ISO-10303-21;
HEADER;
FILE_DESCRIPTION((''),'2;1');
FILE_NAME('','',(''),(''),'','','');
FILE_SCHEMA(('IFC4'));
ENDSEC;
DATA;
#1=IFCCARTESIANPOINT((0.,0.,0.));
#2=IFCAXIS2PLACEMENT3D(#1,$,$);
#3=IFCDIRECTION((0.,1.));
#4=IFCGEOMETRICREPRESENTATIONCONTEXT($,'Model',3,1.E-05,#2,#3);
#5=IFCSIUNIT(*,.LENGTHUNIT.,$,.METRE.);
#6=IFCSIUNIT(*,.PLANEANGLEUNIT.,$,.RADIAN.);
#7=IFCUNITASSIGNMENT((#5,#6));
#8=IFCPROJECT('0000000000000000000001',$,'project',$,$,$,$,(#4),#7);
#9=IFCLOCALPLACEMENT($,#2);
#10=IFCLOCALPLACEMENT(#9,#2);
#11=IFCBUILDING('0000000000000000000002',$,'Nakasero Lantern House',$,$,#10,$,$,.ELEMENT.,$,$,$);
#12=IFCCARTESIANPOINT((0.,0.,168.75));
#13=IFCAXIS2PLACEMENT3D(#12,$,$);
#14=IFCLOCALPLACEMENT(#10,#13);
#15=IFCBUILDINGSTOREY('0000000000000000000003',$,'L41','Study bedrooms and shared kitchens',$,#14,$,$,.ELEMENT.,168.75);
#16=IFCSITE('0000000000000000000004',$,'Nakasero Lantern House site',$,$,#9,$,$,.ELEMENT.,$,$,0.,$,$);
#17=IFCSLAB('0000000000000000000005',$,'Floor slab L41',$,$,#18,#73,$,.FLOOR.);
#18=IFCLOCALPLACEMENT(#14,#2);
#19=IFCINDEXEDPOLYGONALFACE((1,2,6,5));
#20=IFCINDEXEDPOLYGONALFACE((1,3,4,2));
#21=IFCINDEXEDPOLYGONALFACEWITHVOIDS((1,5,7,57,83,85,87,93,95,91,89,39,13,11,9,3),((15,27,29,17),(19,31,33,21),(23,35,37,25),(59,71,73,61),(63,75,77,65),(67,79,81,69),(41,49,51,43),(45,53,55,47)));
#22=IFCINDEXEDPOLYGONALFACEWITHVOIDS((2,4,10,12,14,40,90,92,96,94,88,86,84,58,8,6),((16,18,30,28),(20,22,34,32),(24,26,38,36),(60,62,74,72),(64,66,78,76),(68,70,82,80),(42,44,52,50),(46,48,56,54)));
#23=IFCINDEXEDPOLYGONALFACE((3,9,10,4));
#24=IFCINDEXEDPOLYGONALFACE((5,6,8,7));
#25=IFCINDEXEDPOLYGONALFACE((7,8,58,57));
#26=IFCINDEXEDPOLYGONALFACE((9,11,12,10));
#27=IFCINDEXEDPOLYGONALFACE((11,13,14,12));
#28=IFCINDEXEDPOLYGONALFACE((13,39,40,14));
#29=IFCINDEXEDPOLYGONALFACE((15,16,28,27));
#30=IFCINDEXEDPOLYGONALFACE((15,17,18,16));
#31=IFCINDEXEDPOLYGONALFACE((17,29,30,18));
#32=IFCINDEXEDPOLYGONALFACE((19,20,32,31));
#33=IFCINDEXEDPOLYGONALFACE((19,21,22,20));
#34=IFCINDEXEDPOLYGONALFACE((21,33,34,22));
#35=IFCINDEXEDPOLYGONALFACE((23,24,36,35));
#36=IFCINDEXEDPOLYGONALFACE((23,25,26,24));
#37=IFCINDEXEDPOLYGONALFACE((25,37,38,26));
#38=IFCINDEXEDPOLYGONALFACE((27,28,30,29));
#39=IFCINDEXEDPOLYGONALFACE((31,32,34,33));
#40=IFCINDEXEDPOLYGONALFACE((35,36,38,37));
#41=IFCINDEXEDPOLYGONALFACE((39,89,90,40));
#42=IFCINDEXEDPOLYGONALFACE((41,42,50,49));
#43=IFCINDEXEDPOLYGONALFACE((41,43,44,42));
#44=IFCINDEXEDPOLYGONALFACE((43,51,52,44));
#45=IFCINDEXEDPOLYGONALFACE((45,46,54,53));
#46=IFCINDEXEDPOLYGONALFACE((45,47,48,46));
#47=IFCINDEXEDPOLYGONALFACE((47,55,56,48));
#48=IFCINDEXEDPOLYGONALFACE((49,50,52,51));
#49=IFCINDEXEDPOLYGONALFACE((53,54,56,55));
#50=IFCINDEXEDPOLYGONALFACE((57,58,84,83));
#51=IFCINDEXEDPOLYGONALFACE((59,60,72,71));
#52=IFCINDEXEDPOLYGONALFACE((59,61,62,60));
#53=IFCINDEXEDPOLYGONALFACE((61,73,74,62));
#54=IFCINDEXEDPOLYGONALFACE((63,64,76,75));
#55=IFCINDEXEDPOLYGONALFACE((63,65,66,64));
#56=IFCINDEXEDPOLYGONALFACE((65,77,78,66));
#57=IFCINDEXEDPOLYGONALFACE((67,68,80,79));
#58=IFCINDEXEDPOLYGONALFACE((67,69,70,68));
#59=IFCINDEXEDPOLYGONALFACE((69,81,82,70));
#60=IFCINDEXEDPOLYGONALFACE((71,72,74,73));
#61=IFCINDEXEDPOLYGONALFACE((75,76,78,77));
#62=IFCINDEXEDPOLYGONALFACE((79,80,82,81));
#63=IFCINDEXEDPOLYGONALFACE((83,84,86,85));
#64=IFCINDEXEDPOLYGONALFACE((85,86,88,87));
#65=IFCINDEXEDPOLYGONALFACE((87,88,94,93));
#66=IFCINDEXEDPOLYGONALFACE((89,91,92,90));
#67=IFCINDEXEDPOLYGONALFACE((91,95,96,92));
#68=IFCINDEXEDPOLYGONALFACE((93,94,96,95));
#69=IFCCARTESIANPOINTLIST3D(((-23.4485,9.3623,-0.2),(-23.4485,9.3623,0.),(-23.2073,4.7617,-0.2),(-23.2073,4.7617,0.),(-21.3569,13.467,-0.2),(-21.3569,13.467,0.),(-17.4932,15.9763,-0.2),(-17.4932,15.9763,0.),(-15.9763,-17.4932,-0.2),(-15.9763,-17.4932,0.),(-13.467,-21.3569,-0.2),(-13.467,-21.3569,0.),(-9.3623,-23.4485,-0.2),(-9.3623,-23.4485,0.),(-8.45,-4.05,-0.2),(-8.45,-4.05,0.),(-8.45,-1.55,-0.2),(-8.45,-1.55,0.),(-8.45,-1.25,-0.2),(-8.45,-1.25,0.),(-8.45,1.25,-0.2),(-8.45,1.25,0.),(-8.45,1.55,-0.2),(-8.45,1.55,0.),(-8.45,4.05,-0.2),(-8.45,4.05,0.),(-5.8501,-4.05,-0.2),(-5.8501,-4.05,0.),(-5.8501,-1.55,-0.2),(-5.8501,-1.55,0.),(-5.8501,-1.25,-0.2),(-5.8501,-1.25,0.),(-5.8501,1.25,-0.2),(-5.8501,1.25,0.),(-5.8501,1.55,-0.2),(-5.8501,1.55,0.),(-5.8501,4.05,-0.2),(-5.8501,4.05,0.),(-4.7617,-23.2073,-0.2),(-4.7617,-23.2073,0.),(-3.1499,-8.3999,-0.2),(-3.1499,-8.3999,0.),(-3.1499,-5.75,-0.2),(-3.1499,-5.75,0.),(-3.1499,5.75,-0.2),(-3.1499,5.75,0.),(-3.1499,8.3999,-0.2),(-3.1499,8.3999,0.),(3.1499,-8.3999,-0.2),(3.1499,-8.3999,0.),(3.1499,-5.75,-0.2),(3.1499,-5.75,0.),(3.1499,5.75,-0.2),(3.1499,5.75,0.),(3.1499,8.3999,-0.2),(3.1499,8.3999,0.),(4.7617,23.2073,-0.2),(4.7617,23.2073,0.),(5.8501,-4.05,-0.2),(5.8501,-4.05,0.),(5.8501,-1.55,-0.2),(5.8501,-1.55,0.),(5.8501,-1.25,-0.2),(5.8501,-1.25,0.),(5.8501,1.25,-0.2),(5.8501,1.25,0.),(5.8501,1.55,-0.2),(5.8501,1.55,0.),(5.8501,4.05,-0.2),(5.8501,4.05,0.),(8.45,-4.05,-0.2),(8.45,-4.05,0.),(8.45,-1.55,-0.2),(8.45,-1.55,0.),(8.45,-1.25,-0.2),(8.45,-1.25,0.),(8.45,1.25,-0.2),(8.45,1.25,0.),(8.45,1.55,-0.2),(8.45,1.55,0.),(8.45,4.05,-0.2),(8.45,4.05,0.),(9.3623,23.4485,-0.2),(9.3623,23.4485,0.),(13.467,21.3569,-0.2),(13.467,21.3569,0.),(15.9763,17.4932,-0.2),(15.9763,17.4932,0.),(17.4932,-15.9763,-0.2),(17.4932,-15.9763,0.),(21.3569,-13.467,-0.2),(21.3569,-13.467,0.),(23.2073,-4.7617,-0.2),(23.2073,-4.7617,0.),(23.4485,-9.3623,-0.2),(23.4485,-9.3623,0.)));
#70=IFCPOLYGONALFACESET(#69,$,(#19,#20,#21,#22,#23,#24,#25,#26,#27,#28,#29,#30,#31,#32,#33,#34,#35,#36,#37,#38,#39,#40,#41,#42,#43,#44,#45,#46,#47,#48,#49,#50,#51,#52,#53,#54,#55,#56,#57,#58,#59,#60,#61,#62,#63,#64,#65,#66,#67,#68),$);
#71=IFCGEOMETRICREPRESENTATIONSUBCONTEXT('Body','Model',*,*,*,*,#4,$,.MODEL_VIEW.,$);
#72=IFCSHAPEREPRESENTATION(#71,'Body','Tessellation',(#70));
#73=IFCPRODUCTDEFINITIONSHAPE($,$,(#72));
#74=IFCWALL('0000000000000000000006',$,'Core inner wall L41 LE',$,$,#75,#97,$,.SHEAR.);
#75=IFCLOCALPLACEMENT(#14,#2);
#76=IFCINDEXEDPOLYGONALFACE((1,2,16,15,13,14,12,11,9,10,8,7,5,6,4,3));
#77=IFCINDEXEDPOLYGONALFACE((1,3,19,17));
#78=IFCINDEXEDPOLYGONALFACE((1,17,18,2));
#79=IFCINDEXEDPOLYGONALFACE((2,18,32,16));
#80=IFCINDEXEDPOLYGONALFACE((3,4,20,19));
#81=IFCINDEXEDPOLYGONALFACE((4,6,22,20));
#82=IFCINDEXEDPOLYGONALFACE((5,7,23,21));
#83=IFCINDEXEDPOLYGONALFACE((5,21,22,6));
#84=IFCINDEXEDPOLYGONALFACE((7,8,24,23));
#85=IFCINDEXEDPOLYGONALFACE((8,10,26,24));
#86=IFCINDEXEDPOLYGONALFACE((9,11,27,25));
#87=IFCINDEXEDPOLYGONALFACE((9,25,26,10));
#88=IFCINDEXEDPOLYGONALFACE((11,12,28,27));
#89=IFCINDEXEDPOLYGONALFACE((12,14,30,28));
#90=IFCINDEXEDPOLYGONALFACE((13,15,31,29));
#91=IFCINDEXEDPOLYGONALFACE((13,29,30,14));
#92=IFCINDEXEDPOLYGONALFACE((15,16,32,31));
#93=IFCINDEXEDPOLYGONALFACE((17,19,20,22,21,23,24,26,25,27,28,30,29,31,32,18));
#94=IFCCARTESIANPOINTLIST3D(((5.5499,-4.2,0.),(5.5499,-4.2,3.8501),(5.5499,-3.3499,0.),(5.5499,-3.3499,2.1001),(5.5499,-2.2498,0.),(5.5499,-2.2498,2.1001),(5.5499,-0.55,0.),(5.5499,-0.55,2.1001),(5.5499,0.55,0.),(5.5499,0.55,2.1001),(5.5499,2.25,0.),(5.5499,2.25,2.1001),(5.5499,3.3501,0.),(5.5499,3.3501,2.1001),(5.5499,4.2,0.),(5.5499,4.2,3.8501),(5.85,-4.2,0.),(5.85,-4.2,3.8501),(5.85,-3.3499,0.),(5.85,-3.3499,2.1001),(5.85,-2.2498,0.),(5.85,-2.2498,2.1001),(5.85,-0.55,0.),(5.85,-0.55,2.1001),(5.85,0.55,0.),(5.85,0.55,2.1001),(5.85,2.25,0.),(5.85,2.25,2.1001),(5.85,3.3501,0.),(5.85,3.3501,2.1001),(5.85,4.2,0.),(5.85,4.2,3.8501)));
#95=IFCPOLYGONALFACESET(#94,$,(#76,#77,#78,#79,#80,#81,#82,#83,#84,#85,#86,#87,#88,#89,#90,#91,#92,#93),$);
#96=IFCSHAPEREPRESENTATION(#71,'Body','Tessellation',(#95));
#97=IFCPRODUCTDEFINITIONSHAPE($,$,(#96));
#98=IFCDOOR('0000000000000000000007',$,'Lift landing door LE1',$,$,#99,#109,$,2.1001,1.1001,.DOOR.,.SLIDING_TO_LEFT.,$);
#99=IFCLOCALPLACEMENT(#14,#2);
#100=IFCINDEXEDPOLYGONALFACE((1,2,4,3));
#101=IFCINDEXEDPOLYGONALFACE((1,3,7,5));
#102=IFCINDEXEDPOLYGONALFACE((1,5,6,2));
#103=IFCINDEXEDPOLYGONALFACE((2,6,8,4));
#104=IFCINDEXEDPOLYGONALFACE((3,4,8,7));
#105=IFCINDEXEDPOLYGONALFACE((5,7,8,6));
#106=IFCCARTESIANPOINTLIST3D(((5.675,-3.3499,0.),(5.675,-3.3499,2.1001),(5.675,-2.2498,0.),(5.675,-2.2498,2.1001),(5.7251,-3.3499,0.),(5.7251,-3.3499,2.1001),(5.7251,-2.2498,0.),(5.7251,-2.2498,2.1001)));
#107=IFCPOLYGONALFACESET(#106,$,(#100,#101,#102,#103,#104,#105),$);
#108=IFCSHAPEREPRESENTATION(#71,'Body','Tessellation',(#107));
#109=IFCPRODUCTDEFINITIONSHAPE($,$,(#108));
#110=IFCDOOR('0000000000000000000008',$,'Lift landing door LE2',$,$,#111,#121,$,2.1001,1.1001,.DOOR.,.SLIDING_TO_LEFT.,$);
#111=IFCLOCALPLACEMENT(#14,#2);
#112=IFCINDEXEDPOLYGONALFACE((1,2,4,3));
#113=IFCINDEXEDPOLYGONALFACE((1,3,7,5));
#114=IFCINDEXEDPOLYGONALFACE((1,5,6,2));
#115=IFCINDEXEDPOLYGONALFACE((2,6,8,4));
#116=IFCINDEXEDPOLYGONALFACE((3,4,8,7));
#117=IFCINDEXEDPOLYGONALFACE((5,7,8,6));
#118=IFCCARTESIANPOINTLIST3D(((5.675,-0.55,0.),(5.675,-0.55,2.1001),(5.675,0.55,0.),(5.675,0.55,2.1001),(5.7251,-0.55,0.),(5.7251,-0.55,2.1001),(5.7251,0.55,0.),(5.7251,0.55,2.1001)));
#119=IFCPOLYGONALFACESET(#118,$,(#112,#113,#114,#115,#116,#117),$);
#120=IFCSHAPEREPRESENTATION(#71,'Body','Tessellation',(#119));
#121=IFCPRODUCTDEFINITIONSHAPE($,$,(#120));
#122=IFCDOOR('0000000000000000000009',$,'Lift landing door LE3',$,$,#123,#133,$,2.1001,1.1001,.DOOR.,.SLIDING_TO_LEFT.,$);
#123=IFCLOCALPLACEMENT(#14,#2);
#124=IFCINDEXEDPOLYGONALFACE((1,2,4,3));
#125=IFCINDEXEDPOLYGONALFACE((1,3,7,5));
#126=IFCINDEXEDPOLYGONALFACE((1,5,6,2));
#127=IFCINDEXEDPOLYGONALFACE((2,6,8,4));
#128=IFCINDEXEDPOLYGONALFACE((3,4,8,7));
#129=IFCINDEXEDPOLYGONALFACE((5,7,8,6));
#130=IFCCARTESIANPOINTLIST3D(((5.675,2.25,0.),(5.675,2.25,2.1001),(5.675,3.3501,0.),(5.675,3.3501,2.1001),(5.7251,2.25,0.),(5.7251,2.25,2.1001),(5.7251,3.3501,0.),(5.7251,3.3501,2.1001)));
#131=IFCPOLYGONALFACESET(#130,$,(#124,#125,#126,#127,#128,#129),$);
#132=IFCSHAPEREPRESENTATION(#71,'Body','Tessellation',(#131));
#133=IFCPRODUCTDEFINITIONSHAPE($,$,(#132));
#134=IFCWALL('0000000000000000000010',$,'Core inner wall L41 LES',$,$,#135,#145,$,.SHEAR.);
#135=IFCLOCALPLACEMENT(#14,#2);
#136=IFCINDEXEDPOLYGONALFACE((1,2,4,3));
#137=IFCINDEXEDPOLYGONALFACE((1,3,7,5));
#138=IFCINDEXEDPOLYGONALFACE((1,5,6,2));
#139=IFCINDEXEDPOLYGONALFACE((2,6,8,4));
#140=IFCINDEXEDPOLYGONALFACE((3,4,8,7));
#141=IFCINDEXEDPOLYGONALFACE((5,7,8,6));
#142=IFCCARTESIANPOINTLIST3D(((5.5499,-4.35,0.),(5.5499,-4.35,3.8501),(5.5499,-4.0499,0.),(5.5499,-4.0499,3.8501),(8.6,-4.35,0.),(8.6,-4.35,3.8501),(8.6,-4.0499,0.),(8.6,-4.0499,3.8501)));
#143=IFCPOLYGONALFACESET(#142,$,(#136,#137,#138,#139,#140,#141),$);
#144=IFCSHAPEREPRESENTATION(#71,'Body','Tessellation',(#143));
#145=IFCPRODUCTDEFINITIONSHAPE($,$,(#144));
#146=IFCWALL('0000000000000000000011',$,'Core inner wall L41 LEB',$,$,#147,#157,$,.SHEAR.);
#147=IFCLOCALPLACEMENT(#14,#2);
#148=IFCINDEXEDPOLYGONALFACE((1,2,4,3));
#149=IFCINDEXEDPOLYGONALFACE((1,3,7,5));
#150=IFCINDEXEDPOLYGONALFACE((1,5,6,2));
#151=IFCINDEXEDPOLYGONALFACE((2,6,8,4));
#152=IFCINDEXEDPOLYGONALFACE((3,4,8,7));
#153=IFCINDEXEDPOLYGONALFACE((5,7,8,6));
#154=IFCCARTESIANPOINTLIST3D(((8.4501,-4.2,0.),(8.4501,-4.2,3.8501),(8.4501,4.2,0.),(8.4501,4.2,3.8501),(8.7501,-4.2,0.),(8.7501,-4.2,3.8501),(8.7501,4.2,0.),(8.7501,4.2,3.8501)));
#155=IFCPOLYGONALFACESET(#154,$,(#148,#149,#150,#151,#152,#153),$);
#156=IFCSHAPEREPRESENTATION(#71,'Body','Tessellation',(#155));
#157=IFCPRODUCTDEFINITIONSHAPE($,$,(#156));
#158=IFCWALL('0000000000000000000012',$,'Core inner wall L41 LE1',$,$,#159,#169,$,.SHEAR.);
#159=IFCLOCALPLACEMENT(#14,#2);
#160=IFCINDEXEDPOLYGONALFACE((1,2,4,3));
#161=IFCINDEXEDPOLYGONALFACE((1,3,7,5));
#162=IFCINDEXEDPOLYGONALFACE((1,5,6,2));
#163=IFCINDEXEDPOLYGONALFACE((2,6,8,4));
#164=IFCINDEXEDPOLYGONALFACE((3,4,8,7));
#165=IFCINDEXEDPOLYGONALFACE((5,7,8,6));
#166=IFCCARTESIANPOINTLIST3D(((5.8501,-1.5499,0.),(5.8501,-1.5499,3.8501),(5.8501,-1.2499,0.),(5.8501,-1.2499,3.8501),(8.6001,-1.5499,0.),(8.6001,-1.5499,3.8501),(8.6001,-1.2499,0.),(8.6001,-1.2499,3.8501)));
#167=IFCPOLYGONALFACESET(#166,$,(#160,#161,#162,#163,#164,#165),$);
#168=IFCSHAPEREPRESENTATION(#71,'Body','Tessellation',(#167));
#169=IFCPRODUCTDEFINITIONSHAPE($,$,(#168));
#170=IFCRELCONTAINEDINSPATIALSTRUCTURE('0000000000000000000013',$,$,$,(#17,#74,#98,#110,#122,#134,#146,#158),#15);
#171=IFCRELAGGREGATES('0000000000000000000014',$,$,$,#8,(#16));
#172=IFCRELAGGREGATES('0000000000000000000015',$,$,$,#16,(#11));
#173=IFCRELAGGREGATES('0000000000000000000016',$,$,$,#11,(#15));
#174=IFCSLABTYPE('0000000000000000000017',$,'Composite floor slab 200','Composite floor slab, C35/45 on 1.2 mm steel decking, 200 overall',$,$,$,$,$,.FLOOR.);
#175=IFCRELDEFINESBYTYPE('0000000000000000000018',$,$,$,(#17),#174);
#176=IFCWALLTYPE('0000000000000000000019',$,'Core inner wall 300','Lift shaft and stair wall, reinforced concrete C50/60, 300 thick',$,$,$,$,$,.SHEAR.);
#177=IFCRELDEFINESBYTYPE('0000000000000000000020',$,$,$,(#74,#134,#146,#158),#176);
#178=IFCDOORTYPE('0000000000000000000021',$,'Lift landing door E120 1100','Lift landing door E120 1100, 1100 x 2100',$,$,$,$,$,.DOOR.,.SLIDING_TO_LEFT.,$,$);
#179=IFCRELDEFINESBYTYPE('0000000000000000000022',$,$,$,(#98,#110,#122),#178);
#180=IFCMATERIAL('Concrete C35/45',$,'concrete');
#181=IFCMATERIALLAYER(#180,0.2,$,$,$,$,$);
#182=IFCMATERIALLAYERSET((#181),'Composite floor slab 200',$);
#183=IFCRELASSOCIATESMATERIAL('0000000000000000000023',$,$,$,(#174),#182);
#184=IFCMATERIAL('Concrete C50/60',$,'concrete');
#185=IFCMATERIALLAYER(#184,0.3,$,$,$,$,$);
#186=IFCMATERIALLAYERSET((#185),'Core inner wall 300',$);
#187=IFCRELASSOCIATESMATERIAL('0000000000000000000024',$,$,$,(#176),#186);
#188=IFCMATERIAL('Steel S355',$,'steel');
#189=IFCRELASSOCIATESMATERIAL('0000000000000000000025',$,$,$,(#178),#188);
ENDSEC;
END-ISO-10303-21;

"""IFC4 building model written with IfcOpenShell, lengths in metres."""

from ifc_helpers import new_model, si_unit, direction, frame, frame_2d, origin, place, context, subcontext, project, spatial, polyline, rectangle, outline, extrude, material, layer, layer_set, type_object, element, fill, save


model = new_model("IFC4")

# Units and contexts
model_context = context("Model", 3, precision=1e-05, world=origin(), true_north=direction((0.0, 1.0)))
body_context = subcontext(model_context, "Body", "Model", "MODEL_VIEW")
ifc_project = project(units=[si_unit("LENGTHUNIT", "METRE"), si_unit("PLANEANGLEUNIT", "RADIAN")], contexts=[model_context])

# Site, building, storey
site_placement = place(None, origin())
site = spatial("IfcSite", under=ifc_project, at=site_placement, Name="Nakasero Lantern House site", CompositionType="ELEMENT", RefElevation=0.0)
building_placement = place(site_placement, origin())
building = spatial("IfcBuilding", under=site, at=building_placement, Name="Nakasero Lantern House", CompositionType="ELEMENT")
storey_placement = place(building_placement, frame((0.0, 0.0, 168.75)))
storey = spatial("IfcBuildingStorey", under=building, at=storey_placement, Name="L41", Description="Study bedrooms and shared kitchens", CompositionType="ELEMENT", Elevation=168.75)

# Slab
ifc_material_1 = material(Name="Concrete C35/45", Category="concrete")
ifc_layer_1 = layer(ifc_material_1, 0.2)
ifc_layer_set_1 = layer_set([ifc_layer_1], Name="Composite floor slab 200")
slab_type_1 = type_object("IfcSlabType", Name="Composite floor slab 200", Description="Composite floor slab, C35/45 on 1.2 mm steel decking, 200 overall", PredefinedType="FLOOR", material=ifc_layer_set_1)
slab_1_placement = place(storey_placement, frame((0.0, 0.0, -0.2)))
element("IfcSlab", 1, at=slab_1_placement, inside=storey, type_object=slab_type_1, Name="Floor slab L41", PredefinedType="FLOOR", context=body_context, shape_type="SweptSolid", body=[
    extrude(outline(polyline([(15.9763, 17.4932), (13.467, 21.3569), (9.3623, 23.4485), (4.7617, 23.2073), (-17.4932, 15.9763), (-21.3569, 13.467), (-23.4485, 9.3623), (-23.2073, 4.7617), (-15.9763, -17.4932), (-13.467, -21.3569), (-9.3623, -23.4485), (-4.7617, -23.2073), (17.4932, -15.9763), (21.3569, -13.467), (23.4485, -9.3623), (23.2073, -4.7617), (15.9763, 17.4932)]), holes=[polyline([(-8.45, -4.05), (-5.8501, -4.05), (-5.8501, -1.55), (-8.45, -1.55), (-8.45, -4.05)]), polyline([(-8.45, -1.25), (-5.8501, -1.25), (-5.8501, 1.25), (-8.45, 1.25), (-8.45, -1.25)]), polyline([(-8.45, 1.55), (-5.8501, 1.55), (-5.8501, 4.05), (-8.45, 4.05), (-8.45, 1.55)]), polyline([(5.8501, -4.05), (8.45, -4.05), (8.45, -1.55), (5.8501, -1.55), (5.8501, -4.05)]), polyline([(5.8501, -1.25), (8.45, -1.25), (8.45, 1.25), (5.8501, 1.25), (5.8501, -1.25)]), polyline([(5.8501, 1.55), (8.45, 1.55), (8.45, 4.05), (5.8501, 4.05), (5.8501, 1.55)]), polyline([(-3.1499, 5.75), (3.1499, 5.75), (3.1499, 8.3999), (-3.1499, 8.3999), (-3.1499, 5.75)]), polyline([(-3.1499, -8.3999), (3.1499, -8.3999), (3.1499, -5.75), (-3.1499, -5.75), (-3.1499, -8.3999)])]), origin(), (0.0, 0.0, 1.0), 0.2),
])

# Wall, openings, doors
ifc_material_2 = material(Name="Concrete C50/60", Category="concrete")
ifc_layer_2 = layer(ifc_material_2, 0.3)
ifc_layer_set_2 = layer_set([ifc_layer_2], Name="Core inner wall 300")
wall_type_1 = type_object("IfcWallType", Name="Core inner wall 300", Description="Lift shaft and stair wall, reinforced concrete C50/60, 300 thick", PredefinedType="SHEAR", material=ifc_layer_set_2)
wall_1_placement = place(storey_placement, frame((5.7, -4.2, 0.0), z_axis=(0.0, 0.0, 1.0), x_axis=(0.0, 1.0, 0.0)))
wall_1 = element("IfcWall", 2, at=wall_1_placement, inside=storey, type_object=wall_type_1, Name="Core inner wall L41 LE", PredefinedType="SHEAR", context=body_context, shape_type="SweptSolid", body=[
    extrude(rectangle(XDim=8.3999, YDim=0.3, at=frame_2d((4.2, 0.0))), origin(), (0.0, 0.0, 1.0), 3.8501),
])
opening_1_placement = place(wall_1_placement, frame((0.8501, 0.0, 0.0)))
opening_1 = element("IfcOpeningElement", 3, at=opening_1_placement, cuts=wall_1, PredefinedType="OPENING", context=body_context, shape_type="SweptSolid", body=[
    extrude(rectangle(XDim=1.1001, YDim=2.1001, at=frame_2d((0.55, 1.05))), frame((0.0, 0.1699, 0.0), z_axis=(0.0, -1.0, 0.0), x_axis=(1.0, 0.0, 0.0)), (0.0, 0.0, 1.0), 0.3401),
])
opening_2_placement = place(wall_1_placement, frame((3.6499, 0.0, 0.0)))
opening_2 = element("IfcOpeningElement", 4, at=opening_2_placement, cuts=wall_1, PredefinedType="OPENING", context=body_context, shape_type="SweptSolid", body=[
    extrude(rectangle(XDim=1.1001, YDim=2.1001, at=frame_2d((0.55, 1.05))), frame((0.0, 0.1699, 0.0), z_axis=(0.0, -1.0, 0.0), x_axis=(1.0, 0.0, 0.0)), (0.0, 0.0, 1.0), 0.3401),
])
opening_3_placement = place(wall_1_placement, frame((6.45, 0.0, 0.0)))
opening_3 = element("IfcOpeningElement", 5, at=opening_3_placement, cuts=wall_1, PredefinedType="OPENING", context=body_context, shape_type="SweptSolid", body=[
    extrude(rectangle(XDim=1.1001, YDim=2.1001, at=frame_2d((0.55, 1.05))), frame((0.0, 0.1699, 0.0), z_axis=(0.0, -1.0, 0.0), x_axis=(1.0, 0.0, 0.0)), (0.0, 0.0, 1.0), 0.3401),
])
ifc_material_3 = material(Name="Steel S355", Category="steel")
door_type_1 = type_object("IfcDoorType", Name="Lift landing door E120 1100", Description="Lift landing door E120 1100, 1100 x 2100", OperationType="SLIDING_TO_LEFT", PredefinedType="DOOR", material=ifc_material_3)
door_1_placement = place(opening_1_placement, origin())
door_1 = element("IfcDoor", 6, at=door_1_placement, inside=storey, type_object=door_type_1, Name="Lift landing door LE1", OperationType="SLIDING_TO_LEFT", OverallHeight=2.1001, OverallWidth=1.1001, PredefinedType="DOOR", context=body_context, shape_type="SweptSolid", body=[
    extrude(rectangle(XDim=1.1001, YDim=2.1001, at=frame_2d((0.55, 1.05))), frame((0.0, 0.0249, 0.0), z_axis=(0.0, -1.0, 0.0), x_axis=(1.0, 0.0, 0.0)), (0.0, 0.0, 1.0), 0.05),
])
fill(opening_1, door_1)
door_2_placement = place(opening_2_placement, origin())
door_2 = element("IfcDoor", 7, at=door_2_placement, inside=storey, type_object=door_type_1, Name="Lift landing door LE2", OperationType="SLIDING_TO_LEFT", OverallHeight=2.1001, OverallWidth=1.1001, PredefinedType="DOOR", context=body_context, shape_type="SweptSolid", body=[
    extrude(rectangle(XDim=1.1001, YDim=2.1001, at=frame_2d((0.55, 1.05))), frame((0.0, 0.0249, 0.0), z_axis=(0.0, -1.0, 0.0), x_axis=(1.0, 0.0, 0.0)), (0.0, 0.0, 1.0), 0.05),
])
fill(opening_2, door_2)
door_3_placement = place(opening_3_placement, origin())
door_3 = element("IfcDoor", 8, at=door_3_placement, inside=storey, type_object=door_type_1, Name="Lift landing door LE3", OperationType="SLIDING_TO_LEFT", OverallHeight=2.1001, OverallWidth=1.1001, PredefinedType="DOOR", context=body_context, shape_type="SweptSolid", body=[
    extrude(rectangle(XDim=1.1001, YDim=2.1001, at=frame_2d((0.55, 1.05))), frame((0.0, 0.0249, 0.0), z_axis=(0.0, -1.0, 0.0), x_axis=(1.0, 0.0, 0.0)), (0.0, 0.0, 1.0), 0.05),
])
fill(opening_3, door_3)

# Walls
wall_2_placement = place(storey_placement, frame((5.55, -4.2, 0.0), z_axis=(0.0, 0.0, 1.0), x_axis=(1.0, 0.0, 0.0)))
element("IfcWall", 9, at=wall_2_placement, inside=storey, type_object=wall_type_1, Name="Core inner wall L41 LES", PredefinedType="SHEAR", context=body_context, shape_type="SweptSolid", body=[
    extrude(rectangle(XDim=3.05, YDim=0.3, at=frame_2d((1.5249, 0.0))), origin(), (0.0, 0.0, 1.0), 3.8501),
])
wall_3_placement = place(storey_placement, frame((8.6001, -4.2, 0.0), z_axis=(0.0, 0.0, 1.0), x_axis=(0.0, 1.0, 0.0)))
element("IfcWall", 10, at=wall_3_placement, inside=storey, type_object=wall_type_1, Name="Core inner wall L41 LEB", PredefinedType="SHEAR", context=body_context, shape_type="SweptSolid", body=[
    extrude(rectangle(XDim=8.3999, YDim=0.3, at=frame_2d((4.2, 0.0))), origin(), (0.0, 0.0, 1.0), 3.8501),
])
wall_4_placement = place(storey_placement, frame((5.8501, -1.3999, 0.0), z_axis=(0.0, 0.0, 1.0), x_axis=(1.0, 0.0, 0.0)))
element("IfcWall", 11, at=wall_4_placement, inside=storey, type_object=wall_type_1, Name="Core inner wall L41 LE1", PredefinedType="SHEAR", context=body_context, shape_type="SweptSolid", body=[
    extrude(rectangle(XDim=2.75, YDim=0.3, at=frame_2d((1.375, 0.0))), origin(), (0.0, 0.0, 1.0), 3.8501),
])

save(model, "model.ifc")
